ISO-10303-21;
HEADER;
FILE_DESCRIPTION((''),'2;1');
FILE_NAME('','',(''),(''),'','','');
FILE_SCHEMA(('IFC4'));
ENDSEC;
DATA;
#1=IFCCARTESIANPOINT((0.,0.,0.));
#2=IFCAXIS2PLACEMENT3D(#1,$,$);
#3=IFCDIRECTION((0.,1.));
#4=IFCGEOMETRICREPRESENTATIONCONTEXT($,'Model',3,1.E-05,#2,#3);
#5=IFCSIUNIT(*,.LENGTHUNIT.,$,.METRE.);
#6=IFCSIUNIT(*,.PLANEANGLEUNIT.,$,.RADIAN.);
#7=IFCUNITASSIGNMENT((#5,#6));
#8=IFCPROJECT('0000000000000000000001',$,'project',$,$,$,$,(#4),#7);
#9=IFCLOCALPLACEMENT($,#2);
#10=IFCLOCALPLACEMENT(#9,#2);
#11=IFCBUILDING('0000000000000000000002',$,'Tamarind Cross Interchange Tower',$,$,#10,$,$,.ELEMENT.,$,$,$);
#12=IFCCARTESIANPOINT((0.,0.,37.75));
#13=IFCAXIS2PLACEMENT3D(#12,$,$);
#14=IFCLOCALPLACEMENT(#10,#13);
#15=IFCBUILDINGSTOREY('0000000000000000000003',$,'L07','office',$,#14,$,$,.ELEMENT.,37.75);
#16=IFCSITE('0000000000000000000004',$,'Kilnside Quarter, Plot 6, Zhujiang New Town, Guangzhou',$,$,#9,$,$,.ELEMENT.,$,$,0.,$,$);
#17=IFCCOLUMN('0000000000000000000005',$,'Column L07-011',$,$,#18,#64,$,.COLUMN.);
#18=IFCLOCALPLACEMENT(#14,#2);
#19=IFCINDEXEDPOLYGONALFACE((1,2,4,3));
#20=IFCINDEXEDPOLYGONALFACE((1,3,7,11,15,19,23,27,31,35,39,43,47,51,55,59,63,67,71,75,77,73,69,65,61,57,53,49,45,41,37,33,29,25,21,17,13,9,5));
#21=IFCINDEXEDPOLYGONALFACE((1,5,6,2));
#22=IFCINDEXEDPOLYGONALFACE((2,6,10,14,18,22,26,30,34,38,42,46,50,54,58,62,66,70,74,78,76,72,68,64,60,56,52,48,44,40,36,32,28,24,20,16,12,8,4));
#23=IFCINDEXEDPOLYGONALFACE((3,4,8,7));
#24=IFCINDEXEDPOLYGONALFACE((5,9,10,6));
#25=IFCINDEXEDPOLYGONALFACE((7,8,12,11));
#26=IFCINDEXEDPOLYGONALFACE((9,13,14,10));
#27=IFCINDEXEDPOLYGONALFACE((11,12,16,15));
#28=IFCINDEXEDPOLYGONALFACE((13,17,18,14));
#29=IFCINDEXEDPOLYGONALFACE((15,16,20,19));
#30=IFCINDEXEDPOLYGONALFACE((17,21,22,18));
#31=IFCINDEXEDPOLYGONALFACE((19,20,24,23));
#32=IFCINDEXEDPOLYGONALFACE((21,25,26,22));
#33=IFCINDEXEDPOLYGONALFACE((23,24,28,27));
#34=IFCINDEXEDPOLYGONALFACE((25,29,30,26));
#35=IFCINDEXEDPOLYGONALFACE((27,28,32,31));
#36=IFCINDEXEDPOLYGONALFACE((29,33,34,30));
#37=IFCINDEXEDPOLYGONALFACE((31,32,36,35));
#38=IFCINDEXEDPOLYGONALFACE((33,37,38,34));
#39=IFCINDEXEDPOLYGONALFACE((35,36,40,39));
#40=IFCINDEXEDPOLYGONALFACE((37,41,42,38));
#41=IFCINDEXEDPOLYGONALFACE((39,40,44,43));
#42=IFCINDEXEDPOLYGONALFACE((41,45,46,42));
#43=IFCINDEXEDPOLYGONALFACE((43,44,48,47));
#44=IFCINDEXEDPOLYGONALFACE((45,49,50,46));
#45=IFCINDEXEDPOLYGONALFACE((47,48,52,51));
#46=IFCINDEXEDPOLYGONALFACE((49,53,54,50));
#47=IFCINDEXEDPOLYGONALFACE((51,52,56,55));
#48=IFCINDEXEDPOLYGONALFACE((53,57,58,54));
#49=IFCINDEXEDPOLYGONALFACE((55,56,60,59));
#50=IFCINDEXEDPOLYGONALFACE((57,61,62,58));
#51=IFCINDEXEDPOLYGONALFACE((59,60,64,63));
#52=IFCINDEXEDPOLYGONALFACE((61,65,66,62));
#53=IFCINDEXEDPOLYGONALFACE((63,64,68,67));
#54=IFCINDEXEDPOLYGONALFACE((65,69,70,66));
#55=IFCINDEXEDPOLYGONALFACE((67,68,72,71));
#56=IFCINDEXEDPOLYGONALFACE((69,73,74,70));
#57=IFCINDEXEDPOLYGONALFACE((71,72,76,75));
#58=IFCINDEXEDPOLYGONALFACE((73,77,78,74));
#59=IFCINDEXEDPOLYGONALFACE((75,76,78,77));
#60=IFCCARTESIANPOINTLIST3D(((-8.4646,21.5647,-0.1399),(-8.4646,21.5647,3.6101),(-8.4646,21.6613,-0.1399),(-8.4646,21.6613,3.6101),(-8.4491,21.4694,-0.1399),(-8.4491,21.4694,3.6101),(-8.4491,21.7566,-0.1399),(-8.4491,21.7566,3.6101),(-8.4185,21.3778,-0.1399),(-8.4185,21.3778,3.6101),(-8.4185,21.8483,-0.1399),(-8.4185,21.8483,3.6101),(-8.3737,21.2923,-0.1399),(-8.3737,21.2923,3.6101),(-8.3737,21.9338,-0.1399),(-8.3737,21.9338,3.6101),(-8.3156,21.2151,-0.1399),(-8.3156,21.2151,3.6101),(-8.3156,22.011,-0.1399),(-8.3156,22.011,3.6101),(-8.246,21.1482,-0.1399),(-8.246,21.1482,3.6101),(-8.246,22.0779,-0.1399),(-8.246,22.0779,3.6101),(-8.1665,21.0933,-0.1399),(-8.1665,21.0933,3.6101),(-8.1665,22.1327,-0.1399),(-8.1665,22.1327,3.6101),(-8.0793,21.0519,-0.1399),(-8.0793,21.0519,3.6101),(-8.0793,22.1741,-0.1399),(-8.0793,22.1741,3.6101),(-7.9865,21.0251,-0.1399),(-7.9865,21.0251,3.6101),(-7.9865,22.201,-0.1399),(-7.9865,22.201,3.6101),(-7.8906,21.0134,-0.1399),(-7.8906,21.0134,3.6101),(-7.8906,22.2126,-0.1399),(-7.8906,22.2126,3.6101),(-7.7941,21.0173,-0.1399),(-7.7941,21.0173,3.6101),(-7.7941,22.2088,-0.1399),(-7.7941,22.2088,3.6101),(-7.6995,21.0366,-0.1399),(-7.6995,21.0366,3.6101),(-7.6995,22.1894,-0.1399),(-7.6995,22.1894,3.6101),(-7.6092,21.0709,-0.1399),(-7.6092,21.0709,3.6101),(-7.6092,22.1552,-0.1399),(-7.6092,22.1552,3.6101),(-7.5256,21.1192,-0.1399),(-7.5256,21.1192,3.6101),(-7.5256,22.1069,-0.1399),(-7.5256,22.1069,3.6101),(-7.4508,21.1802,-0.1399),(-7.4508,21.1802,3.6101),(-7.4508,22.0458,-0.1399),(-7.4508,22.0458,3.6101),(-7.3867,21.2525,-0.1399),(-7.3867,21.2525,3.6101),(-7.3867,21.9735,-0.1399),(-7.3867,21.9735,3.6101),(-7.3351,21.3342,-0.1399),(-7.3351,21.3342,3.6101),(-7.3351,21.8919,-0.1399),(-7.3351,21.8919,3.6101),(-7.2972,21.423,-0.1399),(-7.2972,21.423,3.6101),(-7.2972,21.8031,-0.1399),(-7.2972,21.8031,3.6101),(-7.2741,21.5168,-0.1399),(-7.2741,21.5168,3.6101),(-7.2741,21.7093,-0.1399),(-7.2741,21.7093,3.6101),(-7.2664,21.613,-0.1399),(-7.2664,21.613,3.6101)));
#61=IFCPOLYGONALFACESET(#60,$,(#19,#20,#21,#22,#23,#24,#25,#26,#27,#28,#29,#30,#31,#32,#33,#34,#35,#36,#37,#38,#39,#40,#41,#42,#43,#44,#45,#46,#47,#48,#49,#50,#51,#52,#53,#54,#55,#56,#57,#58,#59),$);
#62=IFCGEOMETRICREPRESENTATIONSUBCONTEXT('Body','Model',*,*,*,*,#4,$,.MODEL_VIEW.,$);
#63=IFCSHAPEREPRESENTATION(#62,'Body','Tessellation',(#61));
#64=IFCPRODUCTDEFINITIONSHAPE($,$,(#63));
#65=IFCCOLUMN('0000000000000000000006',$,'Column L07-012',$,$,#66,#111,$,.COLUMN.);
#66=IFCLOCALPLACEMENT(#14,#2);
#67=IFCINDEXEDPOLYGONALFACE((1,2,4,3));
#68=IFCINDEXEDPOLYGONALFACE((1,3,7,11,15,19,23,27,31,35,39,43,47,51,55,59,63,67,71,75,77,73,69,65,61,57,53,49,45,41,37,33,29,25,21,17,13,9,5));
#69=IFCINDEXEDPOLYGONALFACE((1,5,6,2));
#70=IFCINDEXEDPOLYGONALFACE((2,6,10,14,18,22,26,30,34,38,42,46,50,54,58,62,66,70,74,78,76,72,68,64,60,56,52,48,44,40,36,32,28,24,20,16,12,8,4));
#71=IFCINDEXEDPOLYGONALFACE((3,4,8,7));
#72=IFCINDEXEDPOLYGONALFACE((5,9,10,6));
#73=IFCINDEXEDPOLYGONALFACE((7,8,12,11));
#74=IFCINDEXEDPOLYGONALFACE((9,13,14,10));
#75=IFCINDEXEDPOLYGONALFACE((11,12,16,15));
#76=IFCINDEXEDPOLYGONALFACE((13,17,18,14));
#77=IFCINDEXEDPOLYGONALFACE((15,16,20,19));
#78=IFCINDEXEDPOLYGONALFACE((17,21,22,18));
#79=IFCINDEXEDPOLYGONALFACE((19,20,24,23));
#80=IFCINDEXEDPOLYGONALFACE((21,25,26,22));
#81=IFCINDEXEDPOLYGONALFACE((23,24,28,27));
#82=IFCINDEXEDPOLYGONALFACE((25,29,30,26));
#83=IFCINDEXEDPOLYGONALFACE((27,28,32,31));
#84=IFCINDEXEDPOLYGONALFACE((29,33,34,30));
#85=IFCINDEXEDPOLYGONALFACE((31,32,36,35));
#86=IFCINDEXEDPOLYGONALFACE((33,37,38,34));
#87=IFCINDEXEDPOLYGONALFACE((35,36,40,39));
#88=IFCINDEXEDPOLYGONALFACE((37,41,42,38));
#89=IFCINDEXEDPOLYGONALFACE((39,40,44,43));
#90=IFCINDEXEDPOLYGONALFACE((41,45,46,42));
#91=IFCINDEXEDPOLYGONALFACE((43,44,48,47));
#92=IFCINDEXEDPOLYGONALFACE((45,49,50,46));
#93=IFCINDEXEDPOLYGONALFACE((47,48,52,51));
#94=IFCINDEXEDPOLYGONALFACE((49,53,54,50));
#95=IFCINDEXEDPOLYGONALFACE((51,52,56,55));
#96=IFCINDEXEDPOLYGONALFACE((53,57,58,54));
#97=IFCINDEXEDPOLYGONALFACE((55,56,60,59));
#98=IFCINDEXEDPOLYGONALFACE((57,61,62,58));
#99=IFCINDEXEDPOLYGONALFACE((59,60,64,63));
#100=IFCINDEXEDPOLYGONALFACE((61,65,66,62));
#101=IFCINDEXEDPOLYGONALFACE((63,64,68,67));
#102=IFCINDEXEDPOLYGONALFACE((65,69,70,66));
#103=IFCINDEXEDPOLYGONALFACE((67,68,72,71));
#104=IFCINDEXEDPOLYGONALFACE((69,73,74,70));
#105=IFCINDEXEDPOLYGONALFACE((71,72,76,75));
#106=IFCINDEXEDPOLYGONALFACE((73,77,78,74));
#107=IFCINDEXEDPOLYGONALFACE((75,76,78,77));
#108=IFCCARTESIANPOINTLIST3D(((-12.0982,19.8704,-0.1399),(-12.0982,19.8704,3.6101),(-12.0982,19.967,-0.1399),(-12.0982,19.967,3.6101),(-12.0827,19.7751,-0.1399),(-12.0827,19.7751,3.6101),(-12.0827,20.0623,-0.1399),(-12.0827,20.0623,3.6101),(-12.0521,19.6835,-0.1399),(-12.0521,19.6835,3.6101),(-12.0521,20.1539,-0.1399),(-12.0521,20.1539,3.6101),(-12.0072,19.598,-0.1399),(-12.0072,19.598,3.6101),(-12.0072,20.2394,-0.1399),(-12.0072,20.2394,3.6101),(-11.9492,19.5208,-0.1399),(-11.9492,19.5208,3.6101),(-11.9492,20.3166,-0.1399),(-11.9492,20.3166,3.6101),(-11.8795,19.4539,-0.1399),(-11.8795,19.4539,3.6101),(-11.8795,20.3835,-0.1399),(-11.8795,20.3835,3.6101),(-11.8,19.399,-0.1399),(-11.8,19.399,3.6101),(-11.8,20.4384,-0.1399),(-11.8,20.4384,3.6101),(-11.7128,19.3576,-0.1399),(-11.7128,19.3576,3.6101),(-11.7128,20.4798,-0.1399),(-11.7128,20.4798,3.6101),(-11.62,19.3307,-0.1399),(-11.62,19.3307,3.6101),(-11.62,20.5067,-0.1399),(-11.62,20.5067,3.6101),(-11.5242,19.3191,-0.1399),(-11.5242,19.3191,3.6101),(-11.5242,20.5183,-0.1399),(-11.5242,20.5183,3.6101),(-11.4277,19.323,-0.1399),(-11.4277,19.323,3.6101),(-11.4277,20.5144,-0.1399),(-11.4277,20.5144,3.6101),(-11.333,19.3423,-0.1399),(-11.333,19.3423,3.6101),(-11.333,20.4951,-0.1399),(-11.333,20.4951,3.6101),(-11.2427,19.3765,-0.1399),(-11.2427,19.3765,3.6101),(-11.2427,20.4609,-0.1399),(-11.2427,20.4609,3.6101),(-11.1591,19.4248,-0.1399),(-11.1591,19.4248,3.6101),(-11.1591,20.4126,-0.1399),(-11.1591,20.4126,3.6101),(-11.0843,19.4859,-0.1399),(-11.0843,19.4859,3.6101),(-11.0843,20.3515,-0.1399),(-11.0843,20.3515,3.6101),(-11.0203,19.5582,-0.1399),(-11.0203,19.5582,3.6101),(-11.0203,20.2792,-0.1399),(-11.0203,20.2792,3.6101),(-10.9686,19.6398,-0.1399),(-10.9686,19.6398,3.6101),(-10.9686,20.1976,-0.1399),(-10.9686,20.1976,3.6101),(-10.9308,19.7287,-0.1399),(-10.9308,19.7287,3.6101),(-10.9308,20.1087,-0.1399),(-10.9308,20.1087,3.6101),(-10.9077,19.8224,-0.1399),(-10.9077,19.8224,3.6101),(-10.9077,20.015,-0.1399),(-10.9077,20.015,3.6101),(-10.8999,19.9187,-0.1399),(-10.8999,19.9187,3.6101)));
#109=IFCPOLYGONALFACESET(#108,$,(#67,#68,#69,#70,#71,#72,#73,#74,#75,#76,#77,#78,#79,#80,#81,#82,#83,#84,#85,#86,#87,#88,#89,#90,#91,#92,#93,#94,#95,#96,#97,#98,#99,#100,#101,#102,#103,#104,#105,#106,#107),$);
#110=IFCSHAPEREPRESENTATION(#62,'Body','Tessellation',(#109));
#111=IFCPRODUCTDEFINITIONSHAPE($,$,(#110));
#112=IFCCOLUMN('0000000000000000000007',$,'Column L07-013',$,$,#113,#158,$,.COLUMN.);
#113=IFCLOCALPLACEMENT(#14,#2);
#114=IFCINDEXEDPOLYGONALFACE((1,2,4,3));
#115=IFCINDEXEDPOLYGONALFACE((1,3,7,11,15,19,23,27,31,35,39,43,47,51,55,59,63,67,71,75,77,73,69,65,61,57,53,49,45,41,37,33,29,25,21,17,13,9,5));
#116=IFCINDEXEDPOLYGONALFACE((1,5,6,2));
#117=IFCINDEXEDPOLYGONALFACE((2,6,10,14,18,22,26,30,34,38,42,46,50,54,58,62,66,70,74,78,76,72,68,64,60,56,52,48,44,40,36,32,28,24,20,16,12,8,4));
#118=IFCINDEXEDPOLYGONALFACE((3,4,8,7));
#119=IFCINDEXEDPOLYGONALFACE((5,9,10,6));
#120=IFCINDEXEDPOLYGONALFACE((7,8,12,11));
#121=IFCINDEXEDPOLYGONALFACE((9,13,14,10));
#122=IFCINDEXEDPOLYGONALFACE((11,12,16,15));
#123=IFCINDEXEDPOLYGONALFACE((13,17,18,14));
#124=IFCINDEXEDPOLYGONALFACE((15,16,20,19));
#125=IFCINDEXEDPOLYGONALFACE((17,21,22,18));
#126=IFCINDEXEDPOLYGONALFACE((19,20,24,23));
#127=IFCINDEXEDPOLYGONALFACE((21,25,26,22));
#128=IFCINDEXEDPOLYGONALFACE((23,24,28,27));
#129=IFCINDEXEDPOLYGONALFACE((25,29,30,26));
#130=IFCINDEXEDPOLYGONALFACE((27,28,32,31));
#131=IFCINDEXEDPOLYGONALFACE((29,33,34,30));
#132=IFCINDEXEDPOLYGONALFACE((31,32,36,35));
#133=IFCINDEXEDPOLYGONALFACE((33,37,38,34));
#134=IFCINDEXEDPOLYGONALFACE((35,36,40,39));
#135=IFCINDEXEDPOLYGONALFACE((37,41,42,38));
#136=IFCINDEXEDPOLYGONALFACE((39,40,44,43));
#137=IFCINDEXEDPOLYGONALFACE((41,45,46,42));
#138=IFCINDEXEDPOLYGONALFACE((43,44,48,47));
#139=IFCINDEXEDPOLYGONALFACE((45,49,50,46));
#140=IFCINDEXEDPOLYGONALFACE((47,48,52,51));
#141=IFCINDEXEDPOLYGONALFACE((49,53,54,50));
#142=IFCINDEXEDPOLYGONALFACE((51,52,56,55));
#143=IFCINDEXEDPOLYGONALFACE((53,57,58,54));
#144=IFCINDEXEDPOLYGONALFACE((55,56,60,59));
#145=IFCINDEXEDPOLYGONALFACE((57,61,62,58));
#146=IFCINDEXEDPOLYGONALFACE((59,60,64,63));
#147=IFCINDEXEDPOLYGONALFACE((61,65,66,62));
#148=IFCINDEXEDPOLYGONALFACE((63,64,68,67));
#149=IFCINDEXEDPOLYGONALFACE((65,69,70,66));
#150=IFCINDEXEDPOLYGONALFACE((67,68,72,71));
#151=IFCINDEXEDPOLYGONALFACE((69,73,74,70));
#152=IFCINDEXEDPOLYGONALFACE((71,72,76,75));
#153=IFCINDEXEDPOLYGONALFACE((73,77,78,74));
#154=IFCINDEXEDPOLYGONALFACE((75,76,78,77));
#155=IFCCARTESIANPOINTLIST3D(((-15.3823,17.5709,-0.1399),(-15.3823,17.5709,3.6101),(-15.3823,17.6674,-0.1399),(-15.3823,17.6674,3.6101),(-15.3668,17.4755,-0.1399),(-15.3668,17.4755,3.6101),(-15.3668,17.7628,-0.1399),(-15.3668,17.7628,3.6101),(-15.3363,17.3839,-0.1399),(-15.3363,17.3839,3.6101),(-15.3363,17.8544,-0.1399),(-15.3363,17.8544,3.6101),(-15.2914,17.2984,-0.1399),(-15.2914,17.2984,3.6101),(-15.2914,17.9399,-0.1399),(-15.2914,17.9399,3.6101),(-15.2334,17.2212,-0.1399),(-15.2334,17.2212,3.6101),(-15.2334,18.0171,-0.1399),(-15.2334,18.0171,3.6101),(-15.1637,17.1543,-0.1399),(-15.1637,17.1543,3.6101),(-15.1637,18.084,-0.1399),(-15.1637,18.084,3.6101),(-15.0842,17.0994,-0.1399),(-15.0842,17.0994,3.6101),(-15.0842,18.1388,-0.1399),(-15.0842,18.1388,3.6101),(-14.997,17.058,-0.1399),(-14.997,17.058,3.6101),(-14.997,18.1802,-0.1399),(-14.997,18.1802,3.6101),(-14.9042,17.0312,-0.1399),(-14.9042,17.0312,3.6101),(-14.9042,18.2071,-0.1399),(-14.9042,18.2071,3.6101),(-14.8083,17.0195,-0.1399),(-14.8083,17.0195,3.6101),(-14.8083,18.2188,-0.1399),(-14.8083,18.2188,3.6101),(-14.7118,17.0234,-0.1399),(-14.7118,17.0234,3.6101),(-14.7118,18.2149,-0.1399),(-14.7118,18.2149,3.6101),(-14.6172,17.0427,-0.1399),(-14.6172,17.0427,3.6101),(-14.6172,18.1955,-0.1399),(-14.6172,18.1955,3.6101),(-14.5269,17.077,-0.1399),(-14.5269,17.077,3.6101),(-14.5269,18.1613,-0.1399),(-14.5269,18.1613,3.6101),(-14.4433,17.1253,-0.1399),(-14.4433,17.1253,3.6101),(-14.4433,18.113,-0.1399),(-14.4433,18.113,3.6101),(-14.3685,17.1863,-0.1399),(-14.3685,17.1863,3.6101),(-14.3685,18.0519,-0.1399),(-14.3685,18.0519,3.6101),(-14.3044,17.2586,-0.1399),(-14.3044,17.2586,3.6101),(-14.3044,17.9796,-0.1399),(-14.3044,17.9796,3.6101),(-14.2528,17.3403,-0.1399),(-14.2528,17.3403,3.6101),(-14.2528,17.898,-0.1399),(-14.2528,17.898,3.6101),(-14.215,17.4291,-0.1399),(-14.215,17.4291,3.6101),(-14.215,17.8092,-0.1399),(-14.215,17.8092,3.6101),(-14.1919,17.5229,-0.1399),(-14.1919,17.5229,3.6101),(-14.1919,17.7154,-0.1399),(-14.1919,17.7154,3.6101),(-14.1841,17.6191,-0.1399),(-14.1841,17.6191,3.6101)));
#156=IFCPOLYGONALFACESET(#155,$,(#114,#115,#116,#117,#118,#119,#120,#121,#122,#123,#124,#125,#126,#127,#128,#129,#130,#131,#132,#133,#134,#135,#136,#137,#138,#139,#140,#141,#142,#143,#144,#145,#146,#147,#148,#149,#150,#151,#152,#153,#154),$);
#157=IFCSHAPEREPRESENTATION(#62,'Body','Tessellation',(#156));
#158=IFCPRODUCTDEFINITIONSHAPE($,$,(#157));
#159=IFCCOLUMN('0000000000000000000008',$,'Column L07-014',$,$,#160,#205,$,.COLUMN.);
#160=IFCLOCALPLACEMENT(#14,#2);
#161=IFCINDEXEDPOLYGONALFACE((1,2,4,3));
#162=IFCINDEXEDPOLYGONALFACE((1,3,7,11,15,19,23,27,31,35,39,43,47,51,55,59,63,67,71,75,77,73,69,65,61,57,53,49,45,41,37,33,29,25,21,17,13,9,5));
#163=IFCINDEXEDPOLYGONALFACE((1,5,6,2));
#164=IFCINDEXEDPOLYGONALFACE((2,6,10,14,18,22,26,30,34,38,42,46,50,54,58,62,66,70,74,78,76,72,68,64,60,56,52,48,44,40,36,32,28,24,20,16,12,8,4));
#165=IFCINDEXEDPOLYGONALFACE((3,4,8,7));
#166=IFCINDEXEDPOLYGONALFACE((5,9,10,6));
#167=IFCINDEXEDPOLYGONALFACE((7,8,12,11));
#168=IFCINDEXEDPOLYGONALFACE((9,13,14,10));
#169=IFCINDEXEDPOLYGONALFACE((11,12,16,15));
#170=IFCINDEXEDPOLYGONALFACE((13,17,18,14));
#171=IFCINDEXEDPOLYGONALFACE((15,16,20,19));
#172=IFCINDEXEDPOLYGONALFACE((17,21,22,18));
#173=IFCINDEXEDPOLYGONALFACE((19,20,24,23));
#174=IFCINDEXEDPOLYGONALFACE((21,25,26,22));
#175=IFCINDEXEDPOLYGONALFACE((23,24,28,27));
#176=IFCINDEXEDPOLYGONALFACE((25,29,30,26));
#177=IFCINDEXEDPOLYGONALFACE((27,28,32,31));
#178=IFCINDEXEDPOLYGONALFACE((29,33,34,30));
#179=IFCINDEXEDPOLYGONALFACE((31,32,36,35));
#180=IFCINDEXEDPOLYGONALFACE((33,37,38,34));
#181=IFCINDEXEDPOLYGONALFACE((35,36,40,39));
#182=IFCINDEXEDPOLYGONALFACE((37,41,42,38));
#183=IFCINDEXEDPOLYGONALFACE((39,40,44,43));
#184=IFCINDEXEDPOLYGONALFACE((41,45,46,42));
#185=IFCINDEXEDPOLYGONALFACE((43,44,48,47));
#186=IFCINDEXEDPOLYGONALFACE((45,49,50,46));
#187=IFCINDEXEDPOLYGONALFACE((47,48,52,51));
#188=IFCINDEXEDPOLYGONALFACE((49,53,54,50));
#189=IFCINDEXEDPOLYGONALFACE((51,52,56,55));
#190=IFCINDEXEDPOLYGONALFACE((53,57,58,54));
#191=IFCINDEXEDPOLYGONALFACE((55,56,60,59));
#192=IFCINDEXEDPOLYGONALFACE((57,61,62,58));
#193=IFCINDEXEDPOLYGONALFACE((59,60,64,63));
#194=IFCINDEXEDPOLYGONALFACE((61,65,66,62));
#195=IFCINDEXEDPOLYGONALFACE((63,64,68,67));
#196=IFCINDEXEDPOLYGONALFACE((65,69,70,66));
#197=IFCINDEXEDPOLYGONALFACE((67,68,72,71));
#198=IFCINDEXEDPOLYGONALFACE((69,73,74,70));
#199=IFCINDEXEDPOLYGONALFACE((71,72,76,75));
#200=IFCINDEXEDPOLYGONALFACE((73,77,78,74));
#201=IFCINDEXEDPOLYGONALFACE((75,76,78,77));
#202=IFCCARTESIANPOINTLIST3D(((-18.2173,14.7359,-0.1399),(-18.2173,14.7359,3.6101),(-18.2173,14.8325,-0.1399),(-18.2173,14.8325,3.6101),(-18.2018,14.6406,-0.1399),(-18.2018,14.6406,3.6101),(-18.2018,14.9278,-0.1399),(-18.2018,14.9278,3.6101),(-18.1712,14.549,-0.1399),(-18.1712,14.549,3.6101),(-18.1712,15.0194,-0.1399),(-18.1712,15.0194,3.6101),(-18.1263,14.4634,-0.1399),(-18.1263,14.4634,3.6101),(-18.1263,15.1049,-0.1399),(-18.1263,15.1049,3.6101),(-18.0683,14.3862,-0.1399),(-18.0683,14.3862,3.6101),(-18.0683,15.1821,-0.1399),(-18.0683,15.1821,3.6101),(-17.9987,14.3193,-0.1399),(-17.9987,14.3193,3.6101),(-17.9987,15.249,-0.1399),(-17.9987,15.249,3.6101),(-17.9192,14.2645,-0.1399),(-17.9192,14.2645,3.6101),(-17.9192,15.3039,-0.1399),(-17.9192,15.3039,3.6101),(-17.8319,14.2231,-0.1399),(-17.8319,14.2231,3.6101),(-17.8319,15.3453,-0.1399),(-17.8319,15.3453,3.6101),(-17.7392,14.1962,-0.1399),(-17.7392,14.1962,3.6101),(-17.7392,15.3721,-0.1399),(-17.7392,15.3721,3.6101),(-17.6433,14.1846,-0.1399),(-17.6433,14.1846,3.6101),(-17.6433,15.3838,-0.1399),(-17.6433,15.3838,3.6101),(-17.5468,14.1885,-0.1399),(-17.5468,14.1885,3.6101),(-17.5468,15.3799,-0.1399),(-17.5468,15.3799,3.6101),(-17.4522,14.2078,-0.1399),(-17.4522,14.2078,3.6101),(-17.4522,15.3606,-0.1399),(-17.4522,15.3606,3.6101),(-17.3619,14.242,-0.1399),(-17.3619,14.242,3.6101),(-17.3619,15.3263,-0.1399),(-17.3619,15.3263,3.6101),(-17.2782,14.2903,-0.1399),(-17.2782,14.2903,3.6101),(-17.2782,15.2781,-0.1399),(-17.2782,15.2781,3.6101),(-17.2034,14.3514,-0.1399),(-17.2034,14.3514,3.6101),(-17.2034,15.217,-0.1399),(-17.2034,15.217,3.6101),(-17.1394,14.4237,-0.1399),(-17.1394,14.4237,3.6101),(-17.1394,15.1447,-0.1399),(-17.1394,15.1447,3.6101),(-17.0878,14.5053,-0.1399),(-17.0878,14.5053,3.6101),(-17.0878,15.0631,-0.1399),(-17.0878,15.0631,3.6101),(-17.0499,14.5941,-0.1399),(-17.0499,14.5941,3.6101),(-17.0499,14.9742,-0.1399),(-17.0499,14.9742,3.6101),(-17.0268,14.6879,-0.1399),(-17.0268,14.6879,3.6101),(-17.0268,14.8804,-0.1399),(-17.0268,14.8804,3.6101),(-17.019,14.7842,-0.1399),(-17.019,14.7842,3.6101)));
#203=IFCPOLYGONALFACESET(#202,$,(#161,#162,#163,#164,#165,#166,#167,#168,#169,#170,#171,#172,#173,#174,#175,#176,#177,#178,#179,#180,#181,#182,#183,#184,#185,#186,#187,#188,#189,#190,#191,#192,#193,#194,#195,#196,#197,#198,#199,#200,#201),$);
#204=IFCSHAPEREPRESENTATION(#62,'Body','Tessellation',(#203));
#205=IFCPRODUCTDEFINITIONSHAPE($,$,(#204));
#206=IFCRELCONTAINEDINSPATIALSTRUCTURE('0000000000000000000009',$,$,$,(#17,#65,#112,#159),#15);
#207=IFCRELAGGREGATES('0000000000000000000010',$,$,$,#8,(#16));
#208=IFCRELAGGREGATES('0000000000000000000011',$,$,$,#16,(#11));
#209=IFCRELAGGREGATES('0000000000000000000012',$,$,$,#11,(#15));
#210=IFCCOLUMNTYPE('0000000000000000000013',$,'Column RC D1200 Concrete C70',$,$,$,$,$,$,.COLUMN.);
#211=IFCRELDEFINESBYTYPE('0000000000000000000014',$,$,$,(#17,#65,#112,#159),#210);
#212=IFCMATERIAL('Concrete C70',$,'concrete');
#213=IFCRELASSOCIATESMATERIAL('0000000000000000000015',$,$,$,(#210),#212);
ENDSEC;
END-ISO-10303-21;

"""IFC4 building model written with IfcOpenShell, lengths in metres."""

from ifc_helpers import new_model, si_unit, direction, frame, origin, origin_2d, place, context, subcontext, project, spatial, circle, extrude, material, material_profile, profile_set, type_object, element, save


model = new_model("IFC4")

# Units and contexts
model_context = context("Model", 3, precision=1e-05, world=origin(), true_north=direction((0.0, 1.0)))
body_context = subcontext(model_context, "Body", "Model", "MODEL_VIEW")
ifc_project = project(units=[si_unit("LENGTHUNIT", "METRE"), si_unit("PLANEANGLEUNIT", "RADIAN")], contexts=[model_context])

# Site, building, storey
site_placement = place(None, origin())
site = spatial("IfcSite", under=ifc_project, at=site_placement, Name="Kilnside Quarter, Plot 6, Zhujiang New Town, Guangzhou", CompositionType="ELEMENT", RefElevation=0.0)
building_placement = place(site_placement, origin())
building = spatial("IfcBuilding", under=site, at=building_placement, Name="Tamarind Cross Interchange Tower", CompositionType="ELEMENT")
storey_placement = place(building_placement, frame((0.0, 0.0, 37.75)))
storey = spatial("IfcBuildingStorey", under=building, at=storey_placement, Name="L07", Description="office", CompositionType="ELEMENT", Elevation=37.75)

# Columns
ifc_material_1 = material(Name="Concrete C70", Category="concrete")
ifc_material_profile_1 = material_profile(ifc_material_1, circle(Radius=0.6001, at=origin_2d()), Name="RC D1200")
ifc_profile_set_1 = profile_set([ifc_material_profile_1], Name="Concrete C70")
column_type = type_object("IfcColumnType", Name="Column RC D1200 Concrete C70", PredefinedType="COLUMN", material=ifc_profile_set_1)
for number, where, z_axis, x_axis, name in (
    (1, (-7.8665, 21.613, -0.1399), (0.0, 0.0, 1.0), (1.0, 0.0, 0.0), "Column L07-011"),
    (2, (-11.5, 19.9187, -0.1399), (0.0, 0.0, 1.0), (1.0, 0.0, 0.0), "Column L07-012"),
    (3, (-14.7842, 17.6191, -0.1399), (0.0, 0.0, 1.0), (1.0, 0.0, 0.0), "Column L07-013"),
    (4, (-17.6191, 14.7842, -0.1399), (0.0, 0.0, 1.0), (1.0, 0.0, 0.0), "Column L07-014"),
):
    element("IfcColumn", number, at=place(storey_placement, frame(where, z_axis=z_axis, x_axis=x_axis)), inside=storey, type_object=column_type, Name=name, PredefinedType="COLUMN", context=body_context, shape_type="SweptSolid", body=[
        extrude(circle(Radius=0.6001, at=origin_2d()), origin(), (0.0, 0.0, 1.0), 3.75),
    ])

save(model, "model.ifc")
